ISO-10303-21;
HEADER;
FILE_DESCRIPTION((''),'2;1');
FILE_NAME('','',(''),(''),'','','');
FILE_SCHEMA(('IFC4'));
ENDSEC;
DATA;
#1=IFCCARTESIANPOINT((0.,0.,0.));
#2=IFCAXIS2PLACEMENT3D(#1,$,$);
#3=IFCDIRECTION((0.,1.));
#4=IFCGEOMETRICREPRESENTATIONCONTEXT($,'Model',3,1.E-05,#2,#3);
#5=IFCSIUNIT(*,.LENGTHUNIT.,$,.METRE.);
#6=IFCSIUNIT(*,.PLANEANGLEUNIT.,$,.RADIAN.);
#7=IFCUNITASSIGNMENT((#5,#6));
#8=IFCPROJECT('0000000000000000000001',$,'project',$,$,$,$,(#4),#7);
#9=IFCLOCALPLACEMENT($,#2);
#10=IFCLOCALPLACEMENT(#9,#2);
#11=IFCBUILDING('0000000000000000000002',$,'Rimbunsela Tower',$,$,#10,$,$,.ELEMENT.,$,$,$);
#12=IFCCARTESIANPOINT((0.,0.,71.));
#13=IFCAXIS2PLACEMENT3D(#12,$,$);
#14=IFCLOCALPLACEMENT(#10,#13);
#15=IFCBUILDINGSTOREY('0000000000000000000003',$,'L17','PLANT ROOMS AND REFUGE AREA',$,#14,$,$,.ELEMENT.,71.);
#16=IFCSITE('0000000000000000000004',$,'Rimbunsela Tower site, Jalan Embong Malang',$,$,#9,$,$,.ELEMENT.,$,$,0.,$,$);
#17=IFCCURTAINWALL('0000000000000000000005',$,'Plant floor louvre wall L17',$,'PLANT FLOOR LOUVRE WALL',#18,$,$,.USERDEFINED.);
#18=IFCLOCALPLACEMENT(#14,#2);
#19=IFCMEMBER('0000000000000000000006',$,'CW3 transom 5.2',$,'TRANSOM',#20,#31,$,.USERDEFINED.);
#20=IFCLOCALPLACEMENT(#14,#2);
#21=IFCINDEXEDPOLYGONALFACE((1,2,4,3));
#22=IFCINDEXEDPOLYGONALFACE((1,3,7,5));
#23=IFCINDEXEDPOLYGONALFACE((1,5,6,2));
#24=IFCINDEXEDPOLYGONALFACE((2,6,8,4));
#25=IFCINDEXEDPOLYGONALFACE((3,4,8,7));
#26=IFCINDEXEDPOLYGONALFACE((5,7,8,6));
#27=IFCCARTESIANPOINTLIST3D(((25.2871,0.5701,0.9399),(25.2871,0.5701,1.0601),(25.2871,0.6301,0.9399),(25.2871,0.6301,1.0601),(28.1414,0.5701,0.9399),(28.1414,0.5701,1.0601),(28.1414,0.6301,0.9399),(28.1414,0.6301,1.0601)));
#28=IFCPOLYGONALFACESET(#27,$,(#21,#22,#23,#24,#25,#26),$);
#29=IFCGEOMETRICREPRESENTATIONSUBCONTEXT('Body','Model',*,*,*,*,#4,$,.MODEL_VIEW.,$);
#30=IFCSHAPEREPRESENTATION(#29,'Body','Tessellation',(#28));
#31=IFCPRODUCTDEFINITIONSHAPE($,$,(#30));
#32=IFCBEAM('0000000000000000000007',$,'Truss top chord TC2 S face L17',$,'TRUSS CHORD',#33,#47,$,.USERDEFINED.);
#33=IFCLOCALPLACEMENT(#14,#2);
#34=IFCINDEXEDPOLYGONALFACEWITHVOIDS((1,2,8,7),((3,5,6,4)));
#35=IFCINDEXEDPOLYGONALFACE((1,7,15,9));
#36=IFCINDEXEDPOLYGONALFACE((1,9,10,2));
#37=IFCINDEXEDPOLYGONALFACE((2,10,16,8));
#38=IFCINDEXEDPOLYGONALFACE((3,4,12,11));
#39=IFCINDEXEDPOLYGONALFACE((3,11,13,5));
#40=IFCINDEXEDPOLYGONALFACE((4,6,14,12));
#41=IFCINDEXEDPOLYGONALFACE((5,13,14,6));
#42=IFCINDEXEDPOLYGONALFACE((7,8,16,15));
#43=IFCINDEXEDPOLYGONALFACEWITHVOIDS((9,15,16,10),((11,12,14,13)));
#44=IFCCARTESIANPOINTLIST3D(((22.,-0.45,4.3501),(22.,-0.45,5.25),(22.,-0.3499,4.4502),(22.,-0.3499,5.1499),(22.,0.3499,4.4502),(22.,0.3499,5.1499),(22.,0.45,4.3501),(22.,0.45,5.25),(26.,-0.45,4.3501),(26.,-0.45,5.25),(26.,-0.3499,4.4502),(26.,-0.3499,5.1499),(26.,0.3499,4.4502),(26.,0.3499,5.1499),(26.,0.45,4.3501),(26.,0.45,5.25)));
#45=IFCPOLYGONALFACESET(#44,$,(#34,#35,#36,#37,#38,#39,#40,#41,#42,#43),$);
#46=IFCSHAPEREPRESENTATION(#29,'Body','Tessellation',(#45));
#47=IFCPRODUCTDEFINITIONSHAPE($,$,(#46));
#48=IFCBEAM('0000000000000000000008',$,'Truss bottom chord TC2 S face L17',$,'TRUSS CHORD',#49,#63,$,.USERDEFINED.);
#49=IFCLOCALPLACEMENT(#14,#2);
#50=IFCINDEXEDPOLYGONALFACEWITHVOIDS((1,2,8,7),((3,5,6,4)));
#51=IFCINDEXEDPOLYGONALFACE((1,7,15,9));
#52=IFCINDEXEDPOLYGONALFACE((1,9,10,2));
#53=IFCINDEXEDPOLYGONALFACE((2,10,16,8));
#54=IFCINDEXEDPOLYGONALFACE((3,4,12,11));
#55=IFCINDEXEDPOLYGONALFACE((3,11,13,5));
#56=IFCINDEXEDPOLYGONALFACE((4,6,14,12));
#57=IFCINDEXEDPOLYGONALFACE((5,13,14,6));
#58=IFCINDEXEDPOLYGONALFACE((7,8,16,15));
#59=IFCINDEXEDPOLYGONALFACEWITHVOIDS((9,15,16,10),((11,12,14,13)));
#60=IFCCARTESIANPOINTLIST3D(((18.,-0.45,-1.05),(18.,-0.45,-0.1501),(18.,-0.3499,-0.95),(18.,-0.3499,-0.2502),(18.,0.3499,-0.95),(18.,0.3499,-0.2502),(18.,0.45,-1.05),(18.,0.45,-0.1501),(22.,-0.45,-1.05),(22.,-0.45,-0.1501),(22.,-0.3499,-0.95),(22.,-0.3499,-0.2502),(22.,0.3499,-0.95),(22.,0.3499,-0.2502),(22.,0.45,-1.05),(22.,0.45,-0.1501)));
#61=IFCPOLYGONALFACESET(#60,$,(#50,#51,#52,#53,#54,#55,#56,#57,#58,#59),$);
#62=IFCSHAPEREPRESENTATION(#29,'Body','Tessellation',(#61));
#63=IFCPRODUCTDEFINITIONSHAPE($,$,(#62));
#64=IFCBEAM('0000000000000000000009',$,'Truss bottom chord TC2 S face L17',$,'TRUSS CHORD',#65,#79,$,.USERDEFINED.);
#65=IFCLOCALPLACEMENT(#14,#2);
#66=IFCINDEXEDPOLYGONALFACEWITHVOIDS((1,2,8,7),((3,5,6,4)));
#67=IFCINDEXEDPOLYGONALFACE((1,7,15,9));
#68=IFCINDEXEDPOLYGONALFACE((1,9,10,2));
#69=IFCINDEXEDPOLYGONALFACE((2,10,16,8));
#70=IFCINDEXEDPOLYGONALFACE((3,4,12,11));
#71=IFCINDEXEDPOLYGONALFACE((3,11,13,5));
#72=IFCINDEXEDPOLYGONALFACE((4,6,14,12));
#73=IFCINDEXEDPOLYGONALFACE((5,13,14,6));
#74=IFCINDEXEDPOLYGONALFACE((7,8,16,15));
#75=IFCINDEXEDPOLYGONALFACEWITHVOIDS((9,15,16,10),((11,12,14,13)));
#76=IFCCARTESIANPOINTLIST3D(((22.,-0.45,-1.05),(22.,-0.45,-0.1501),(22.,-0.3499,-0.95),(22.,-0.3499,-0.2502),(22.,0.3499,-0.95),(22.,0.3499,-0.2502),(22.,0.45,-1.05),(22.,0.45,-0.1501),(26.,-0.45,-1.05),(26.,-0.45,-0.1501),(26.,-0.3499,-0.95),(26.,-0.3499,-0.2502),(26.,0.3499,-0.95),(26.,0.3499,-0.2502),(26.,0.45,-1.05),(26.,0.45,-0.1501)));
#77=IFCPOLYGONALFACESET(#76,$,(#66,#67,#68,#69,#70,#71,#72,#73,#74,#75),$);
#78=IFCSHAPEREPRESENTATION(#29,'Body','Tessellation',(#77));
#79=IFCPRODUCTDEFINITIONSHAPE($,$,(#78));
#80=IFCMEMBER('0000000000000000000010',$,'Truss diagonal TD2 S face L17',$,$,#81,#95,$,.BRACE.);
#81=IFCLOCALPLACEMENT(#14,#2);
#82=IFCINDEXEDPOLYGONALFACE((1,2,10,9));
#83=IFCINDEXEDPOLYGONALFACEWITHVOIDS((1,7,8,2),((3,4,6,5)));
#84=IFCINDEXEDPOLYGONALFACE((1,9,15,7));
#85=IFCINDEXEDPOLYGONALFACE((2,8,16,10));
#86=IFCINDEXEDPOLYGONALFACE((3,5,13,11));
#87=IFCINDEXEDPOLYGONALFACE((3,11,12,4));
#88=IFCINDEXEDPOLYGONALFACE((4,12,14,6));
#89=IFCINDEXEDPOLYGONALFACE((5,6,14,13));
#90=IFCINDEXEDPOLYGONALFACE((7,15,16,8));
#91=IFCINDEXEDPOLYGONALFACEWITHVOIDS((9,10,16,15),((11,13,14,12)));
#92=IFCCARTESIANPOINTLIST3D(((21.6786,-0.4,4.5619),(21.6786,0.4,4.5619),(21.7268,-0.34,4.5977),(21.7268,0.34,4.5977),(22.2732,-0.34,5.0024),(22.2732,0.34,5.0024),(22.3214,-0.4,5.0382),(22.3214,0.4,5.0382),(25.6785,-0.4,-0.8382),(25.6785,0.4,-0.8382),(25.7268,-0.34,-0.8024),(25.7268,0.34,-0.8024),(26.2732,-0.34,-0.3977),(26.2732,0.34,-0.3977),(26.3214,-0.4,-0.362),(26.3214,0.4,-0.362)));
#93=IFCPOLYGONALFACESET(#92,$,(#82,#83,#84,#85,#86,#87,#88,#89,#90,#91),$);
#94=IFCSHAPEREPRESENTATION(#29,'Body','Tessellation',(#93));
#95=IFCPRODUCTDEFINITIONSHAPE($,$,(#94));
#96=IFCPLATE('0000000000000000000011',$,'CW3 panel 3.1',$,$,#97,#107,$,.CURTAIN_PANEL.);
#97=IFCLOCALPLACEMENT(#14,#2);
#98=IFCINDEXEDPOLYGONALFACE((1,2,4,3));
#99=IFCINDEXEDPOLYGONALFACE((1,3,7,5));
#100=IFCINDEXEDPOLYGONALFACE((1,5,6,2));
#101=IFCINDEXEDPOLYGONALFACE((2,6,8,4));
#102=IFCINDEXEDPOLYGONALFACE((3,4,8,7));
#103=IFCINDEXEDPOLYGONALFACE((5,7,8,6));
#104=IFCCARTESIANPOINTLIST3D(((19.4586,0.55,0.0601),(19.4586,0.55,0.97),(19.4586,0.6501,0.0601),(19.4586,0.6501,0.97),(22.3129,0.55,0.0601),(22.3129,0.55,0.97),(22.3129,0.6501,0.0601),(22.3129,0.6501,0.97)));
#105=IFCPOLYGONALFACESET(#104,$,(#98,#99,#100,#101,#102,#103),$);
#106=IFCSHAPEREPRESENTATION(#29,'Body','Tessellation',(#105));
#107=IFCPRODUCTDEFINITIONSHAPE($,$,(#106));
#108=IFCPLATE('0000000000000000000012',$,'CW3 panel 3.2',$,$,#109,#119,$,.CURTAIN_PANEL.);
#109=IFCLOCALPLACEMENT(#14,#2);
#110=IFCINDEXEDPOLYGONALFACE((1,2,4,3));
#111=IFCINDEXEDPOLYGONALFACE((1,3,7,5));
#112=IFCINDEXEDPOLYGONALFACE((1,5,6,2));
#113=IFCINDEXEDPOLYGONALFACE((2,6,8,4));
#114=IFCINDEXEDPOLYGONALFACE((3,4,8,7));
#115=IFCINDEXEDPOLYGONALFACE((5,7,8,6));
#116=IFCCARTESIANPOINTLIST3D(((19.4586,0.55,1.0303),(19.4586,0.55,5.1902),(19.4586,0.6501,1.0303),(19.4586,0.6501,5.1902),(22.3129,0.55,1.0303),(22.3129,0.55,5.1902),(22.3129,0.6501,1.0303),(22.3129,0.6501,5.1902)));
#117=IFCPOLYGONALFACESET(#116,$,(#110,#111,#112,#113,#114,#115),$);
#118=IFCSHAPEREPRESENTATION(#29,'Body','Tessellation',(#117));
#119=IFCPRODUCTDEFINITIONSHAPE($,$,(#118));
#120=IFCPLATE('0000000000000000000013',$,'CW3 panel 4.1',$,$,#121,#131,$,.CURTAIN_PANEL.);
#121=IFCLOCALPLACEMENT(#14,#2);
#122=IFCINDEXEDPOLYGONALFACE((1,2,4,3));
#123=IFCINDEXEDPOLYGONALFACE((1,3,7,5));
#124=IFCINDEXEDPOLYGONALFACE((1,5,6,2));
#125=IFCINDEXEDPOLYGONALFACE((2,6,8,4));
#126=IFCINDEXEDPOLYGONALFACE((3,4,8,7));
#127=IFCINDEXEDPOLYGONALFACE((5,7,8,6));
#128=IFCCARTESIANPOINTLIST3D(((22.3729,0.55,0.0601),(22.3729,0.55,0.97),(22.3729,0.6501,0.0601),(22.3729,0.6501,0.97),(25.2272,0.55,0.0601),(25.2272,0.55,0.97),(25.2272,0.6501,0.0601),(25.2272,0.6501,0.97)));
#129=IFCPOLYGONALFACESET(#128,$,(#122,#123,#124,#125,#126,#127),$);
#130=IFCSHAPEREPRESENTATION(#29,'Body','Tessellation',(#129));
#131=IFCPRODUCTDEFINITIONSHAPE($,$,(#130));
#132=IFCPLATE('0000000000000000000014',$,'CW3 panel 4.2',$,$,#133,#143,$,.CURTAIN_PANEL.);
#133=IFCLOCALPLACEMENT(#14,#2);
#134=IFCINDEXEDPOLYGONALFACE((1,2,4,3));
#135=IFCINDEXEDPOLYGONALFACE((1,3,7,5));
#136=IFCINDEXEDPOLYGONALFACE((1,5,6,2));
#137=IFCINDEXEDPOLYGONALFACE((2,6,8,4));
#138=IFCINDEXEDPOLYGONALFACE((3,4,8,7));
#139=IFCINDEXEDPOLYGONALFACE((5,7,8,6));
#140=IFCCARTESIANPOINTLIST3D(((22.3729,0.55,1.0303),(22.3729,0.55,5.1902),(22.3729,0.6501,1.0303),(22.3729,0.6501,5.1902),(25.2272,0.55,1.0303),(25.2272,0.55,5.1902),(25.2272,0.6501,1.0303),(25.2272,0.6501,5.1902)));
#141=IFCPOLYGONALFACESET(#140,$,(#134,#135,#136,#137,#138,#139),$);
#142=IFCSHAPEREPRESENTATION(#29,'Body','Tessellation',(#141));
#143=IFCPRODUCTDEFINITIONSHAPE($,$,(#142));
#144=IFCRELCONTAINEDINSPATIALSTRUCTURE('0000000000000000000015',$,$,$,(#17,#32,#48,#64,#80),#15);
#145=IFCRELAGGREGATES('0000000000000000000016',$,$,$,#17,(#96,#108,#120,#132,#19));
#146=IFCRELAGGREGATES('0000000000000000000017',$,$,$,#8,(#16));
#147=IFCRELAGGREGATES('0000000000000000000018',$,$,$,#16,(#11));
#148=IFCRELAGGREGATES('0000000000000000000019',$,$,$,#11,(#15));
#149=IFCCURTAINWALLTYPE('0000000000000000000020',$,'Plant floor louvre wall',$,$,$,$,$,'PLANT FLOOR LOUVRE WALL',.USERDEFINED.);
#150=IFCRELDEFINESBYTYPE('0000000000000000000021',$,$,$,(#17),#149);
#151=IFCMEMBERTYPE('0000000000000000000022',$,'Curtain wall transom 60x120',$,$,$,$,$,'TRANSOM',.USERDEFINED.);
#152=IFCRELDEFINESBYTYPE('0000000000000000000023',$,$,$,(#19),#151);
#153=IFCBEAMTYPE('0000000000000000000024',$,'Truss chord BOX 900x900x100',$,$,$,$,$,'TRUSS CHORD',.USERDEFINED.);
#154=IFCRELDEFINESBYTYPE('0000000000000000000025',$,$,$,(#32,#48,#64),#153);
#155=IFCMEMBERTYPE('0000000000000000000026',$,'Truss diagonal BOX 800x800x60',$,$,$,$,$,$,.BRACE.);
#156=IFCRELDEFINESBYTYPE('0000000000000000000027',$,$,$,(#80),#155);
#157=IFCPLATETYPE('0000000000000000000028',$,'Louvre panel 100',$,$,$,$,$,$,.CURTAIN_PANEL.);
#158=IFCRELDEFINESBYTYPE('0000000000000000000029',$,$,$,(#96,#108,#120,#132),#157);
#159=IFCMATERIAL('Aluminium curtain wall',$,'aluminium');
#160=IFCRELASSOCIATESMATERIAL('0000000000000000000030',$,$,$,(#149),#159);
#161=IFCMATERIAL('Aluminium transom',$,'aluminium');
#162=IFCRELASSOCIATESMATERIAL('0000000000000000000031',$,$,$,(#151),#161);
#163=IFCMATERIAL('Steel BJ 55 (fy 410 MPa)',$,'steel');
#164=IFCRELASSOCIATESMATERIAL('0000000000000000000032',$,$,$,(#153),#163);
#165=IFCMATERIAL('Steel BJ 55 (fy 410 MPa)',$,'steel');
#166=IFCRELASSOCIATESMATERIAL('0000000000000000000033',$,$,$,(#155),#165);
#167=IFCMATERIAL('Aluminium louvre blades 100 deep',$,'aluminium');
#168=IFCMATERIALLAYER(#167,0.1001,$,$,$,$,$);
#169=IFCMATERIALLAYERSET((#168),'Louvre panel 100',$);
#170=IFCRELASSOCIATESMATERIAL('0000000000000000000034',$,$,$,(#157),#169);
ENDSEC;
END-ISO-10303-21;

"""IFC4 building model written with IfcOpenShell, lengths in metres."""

from ifc_helpers import new_model, si_unit, direction, frame, origin, origin_2d, place, context, subcontext, project, spatial, rectangle, hollow_rectangle, extrude, material, layer, layer_set, material_profile, profile_set, type_object, element, aggregate, save


model = new_model("IFC4")

# Units and contexts
model_context = context("Model", 3, precision=1e-05, world=origin(), true_north=direction((0.0, 1.0)))
body_context = subcontext(model_context, "Body", "Model", "MODEL_VIEW")
ifc_project = project(units=[si_unit("LENGTHUNIT", "METRE"), si_unit("PLANEANGLEUNIT", "RADIAN")], contexts=[model_context])

# Site, building, storey
site_placement = place(None, origin())
site = spatial("IfcSite", under=ifc_project, at=site_placement, Name="Rimbunsela Tower site, Jalan Embong Malang", CompositionType="ELEMENT", RefElevation=0.0)
building_placement = place(site_placement, origin())
building = spatial("IfcBuilding", under=site, at=building_placement, Name="Rimbunsela Tower", CompositionType="ELEMENT")
storey_placement = place(building_placement, frame((0.0, 0.0, 71.0)))
storey = spatial("IfcBuildingStorey", under=building, at=storey_placement, Name="L17", Description="PLANT ROOMS AND REFUGE AREA", CompositionType="ELEMENT", Elevation=71.0)

# Curtain wall, member
ifc_material_1 = material(Name="Aluminium curtain wall", Category="aluminium")
curtain_wall_type = type_object("IfcCurtainWallType", Name="Plant floor louvre wall", ElementType="PLANT FLOOR LOUVRE WALL", PredefinedType="USERDEFINED", material=ifc_material_1)
curtain_wall_placement = place(storey_placement, origin())
curtain_wall = element("IfcCurtainWall", 1, at=curtain_wall_placement, inside=storey, type_object=curtain_wall_type, Name="Plant floor louvre wall L17", ObjectType="PLANT FLOOR LOUVRE WALL", PredefinedType="USERDEFINED")
ifc_material_2 = material(Name="Aluminium transom", Category="aluminium")
ifc_material_profile_1 = material_profile(ifc_material_2, rectangle(XDim=0.0601, YDim=0.1201, at=origin_2d()), Name="Transom 60x120")
ifc_profile_set_1 = profile_set([ifc_material_profile_1], Name="Aluminium transom")
member_type_1 = type_object("IfcMemberType", Name="Curtain wall transom 60x120", ElementType="TRANSOM", PredefinedType="USERDEFINED", material=ifc_profile_set_1)
member_1_placement = place(storey_placement, frame((25.2871, 0.6001, 1.0), z_axis=(1.0, 0.0, 0.0), x_axis=(0.0, 1.0, 0.0)))
member_1 = element("IfcMember", 2, at=member_1_placement, type_object=member_type_1, Name="CW3 transom 5.2", ObjectType="TRANSOM", PredefinedType="USERDEFINED", context=body_context, shape_type="SweptSolid", body=[
    extrude(rectangle(XDim=0.0601, YDim=0.1201, at=origin_2d()), origin(), (0.0, 0.0, 1.0), 2.8542),
])

# Beams
ifc_material_3 = material(Name="Steel BJ 55 (fy 410 MPa)", Category="steel")
ifc_material_profile_2 = material_profile(ifc_material_3, hollow_rectangle(XDim=0.8999, YDim=0.8999, WallThickness=0.1001, at=origin_2d()), Name="BOX 900x900x100")
ifc_profile_set_2 = profile_set([ifc_material_profile_2], Name="Steel BJ 55 (fy 410 MPa)")
beam_type_1 = type_object("IfcBeamType", Name="Truss chord BOX 900x900x100", ElementType="TRUSS CHORD", PredefinedType="USERDEFINED", material=ifc_profile_set_2)
for number, where, z_axis, x_axis, name in (
    (3, (22.0, 0.0, 4.8), (1.0, 0.0, 0.0), (0.0, 1.0, 0.0), "Truss top chord TC2 S face L17"),
    (4, (18.0, 0.0, -0.6001), (1.0, 0.0, 0.0), (0.0, 1.0, 0.0), "Truss bottom chord TC2 S face L17"),
    (5, (22.0, 0.0, -0.6001), (1.0, 0.0, 0.0), (0.0, 1.0, 0.0), "Truss bottom chord TC2 S face L17"),
):
    element("IfcBeam", number, at=place(storey_placement, frame(where, z_axis=z_axis, x_axis=x_axis)), inside=storey, type_object=beam_type_1, Name=name, ObjectType="TRUSS CHORD", PredefinedType="USERDEFINED", context=body_context, shape_type="SweptSolid", body=[
        extrude(hollow_rectangle(XDim=0.8999, YDim=0.8999, WallThickness=0.1001, at=origin_2d()), origin(), (0.0, 0.0, 1.0), 4.0),
    ])

# Member
ifc_material_4 = material(Name="Steel BJ 55 (fy 410 MPa)", Category="steel")
ifc_material_profile_3 = material_profile(ifc_material_4, hollow_rectangle(XDim=0.8, YDim=0.8, WallThickness=0.0601, at=origin_2d()), Name="BOX 800x800x60")
ifc_profile_set_3 = profile_set([ifc_material_profile_3], Name="Steel BJ 55 (fy 410 MPa)")
member_type_2 = type_object("IfcMemberType", Name="Truss diagonal BOX 800x800x60", PredefinedType="BRACE", material=ifc_profile_set_3)
member_2_placement = place(storey_placement, frame((22.0, 0.0, 4.8), z_axis=(0.595217, 0.0, -0.803565), x_axis=(0.0, 1.0, 0.0)))
element("IfcMember", 6, at=member_2_placement, inside=storey, type_object=member_type_2, Name="Truss diagonal TD2 S face L17", PredefinedType="BRACE", context=body_context, shape_type="SweptSolid", body=[
    extrude(hollow_rectangle(XDim=0.8, YDim=0.8, WallThickness=0.0601, at=origin_2d()), origin(), (0.0, 0.0, 1.0), 6.7202),
])

# Plates
ifc_material_5 = material(Name="Aluminium louvre blades 100 deep", Category="aluminium")
ifc_layer = layer(ifc_material_5, 0.1001)
ifc_layer_set = layer_set([ifc_layer], Name="Louvre panel 100")
plate_type = type_object("IfcPlateType", Name="Louvre panel 100", PredefinedType="CURTAIN_PANEL", material=ifc_layer_set)
plate_1_placement = place(storey_placement, frame((20.8857, 0.6001, 0.0601), z_axis=(0.0, 0.0, 1.0), x_axis=(1.0, 0.0, 0.0)))
plate_1 = element("IfcPlate", 7, at=plate_1_placement, type_object=plate_type, Name="CW3 panel 3.1", PredefinedType="CURTAIN_PANEL", context=body_context, shape_type="SweptSolid", body=[
    extrude(rectangle(XDim=2.8542, YDim=0.1001, at=origin_2d()), origin(), (0.0, 0.0, 1.0), 0.9099),
])
plate_2_placement = place(storey_placement, frame((20.8857, 0.6001, 1.0303), z_axis=(0.0, 0.0, 1.0), x_axis=(1.0, 0.0, 0.0)))
plate_2 = element("IfcPlate", 8, at=plate_2_placement, type_object=plate_type, Name="CW3 panel 3.2", PredefinedType="CURTAIN_PANEL", context=body_context, shape_type="SweptSolid", body=[
    extrude(rectangle(XDim=2.8542, YDim=0.1001, at=origin_2d()), origin(), (0.0, 0.0, 1.0), 4.1599),
])
plate_3_placement = place(storey_placement, frame((23.8, 0.6001, 0.0601), z_axis=(0.0, 0.0, 1.0), x_axis=(1.0, 0.0, 0.0)))
plate_3 = element("IfcPlate", 9, at=plate_3_placement, type_object=plate_type, Name="CW3 panel 4.1", PredefinedType="CURTAIN_PANEL", context=body_context, shape_type="SweptSolid", body=[
    extrude(rectangle(XDim=2.8542, YDim=0.1001, at=origin_2d()), origin(), (0.0, 0.0, 1.0), 0.9099),
])
plate_4_placement = place(storey_placement, frame((23.8, 0.6001, 1.0303), z_axis=(0.0, 0.0, 1.0), x_axis=(1.0, 0.0, 0.0)))
plate_4 = element("IfcPlate", 10, at=plate_4_placement, type_object=plate_type, Name="CW3 panel 4.2", PredefinedType="CURTAIN_PANEL", context=body_context, shape_type="SweptSolid", body=[
    extrude(rectangle(XDim=2.8542, YDim=0.1001, at=origin_2d()), origin(), (0.0, 0.0, 1.0), 4.1599),
])
aggregate(curtain_wall, [plate_1, plate_2, plate_3, plate_4, member_1])

save(model, "model.ifc")
